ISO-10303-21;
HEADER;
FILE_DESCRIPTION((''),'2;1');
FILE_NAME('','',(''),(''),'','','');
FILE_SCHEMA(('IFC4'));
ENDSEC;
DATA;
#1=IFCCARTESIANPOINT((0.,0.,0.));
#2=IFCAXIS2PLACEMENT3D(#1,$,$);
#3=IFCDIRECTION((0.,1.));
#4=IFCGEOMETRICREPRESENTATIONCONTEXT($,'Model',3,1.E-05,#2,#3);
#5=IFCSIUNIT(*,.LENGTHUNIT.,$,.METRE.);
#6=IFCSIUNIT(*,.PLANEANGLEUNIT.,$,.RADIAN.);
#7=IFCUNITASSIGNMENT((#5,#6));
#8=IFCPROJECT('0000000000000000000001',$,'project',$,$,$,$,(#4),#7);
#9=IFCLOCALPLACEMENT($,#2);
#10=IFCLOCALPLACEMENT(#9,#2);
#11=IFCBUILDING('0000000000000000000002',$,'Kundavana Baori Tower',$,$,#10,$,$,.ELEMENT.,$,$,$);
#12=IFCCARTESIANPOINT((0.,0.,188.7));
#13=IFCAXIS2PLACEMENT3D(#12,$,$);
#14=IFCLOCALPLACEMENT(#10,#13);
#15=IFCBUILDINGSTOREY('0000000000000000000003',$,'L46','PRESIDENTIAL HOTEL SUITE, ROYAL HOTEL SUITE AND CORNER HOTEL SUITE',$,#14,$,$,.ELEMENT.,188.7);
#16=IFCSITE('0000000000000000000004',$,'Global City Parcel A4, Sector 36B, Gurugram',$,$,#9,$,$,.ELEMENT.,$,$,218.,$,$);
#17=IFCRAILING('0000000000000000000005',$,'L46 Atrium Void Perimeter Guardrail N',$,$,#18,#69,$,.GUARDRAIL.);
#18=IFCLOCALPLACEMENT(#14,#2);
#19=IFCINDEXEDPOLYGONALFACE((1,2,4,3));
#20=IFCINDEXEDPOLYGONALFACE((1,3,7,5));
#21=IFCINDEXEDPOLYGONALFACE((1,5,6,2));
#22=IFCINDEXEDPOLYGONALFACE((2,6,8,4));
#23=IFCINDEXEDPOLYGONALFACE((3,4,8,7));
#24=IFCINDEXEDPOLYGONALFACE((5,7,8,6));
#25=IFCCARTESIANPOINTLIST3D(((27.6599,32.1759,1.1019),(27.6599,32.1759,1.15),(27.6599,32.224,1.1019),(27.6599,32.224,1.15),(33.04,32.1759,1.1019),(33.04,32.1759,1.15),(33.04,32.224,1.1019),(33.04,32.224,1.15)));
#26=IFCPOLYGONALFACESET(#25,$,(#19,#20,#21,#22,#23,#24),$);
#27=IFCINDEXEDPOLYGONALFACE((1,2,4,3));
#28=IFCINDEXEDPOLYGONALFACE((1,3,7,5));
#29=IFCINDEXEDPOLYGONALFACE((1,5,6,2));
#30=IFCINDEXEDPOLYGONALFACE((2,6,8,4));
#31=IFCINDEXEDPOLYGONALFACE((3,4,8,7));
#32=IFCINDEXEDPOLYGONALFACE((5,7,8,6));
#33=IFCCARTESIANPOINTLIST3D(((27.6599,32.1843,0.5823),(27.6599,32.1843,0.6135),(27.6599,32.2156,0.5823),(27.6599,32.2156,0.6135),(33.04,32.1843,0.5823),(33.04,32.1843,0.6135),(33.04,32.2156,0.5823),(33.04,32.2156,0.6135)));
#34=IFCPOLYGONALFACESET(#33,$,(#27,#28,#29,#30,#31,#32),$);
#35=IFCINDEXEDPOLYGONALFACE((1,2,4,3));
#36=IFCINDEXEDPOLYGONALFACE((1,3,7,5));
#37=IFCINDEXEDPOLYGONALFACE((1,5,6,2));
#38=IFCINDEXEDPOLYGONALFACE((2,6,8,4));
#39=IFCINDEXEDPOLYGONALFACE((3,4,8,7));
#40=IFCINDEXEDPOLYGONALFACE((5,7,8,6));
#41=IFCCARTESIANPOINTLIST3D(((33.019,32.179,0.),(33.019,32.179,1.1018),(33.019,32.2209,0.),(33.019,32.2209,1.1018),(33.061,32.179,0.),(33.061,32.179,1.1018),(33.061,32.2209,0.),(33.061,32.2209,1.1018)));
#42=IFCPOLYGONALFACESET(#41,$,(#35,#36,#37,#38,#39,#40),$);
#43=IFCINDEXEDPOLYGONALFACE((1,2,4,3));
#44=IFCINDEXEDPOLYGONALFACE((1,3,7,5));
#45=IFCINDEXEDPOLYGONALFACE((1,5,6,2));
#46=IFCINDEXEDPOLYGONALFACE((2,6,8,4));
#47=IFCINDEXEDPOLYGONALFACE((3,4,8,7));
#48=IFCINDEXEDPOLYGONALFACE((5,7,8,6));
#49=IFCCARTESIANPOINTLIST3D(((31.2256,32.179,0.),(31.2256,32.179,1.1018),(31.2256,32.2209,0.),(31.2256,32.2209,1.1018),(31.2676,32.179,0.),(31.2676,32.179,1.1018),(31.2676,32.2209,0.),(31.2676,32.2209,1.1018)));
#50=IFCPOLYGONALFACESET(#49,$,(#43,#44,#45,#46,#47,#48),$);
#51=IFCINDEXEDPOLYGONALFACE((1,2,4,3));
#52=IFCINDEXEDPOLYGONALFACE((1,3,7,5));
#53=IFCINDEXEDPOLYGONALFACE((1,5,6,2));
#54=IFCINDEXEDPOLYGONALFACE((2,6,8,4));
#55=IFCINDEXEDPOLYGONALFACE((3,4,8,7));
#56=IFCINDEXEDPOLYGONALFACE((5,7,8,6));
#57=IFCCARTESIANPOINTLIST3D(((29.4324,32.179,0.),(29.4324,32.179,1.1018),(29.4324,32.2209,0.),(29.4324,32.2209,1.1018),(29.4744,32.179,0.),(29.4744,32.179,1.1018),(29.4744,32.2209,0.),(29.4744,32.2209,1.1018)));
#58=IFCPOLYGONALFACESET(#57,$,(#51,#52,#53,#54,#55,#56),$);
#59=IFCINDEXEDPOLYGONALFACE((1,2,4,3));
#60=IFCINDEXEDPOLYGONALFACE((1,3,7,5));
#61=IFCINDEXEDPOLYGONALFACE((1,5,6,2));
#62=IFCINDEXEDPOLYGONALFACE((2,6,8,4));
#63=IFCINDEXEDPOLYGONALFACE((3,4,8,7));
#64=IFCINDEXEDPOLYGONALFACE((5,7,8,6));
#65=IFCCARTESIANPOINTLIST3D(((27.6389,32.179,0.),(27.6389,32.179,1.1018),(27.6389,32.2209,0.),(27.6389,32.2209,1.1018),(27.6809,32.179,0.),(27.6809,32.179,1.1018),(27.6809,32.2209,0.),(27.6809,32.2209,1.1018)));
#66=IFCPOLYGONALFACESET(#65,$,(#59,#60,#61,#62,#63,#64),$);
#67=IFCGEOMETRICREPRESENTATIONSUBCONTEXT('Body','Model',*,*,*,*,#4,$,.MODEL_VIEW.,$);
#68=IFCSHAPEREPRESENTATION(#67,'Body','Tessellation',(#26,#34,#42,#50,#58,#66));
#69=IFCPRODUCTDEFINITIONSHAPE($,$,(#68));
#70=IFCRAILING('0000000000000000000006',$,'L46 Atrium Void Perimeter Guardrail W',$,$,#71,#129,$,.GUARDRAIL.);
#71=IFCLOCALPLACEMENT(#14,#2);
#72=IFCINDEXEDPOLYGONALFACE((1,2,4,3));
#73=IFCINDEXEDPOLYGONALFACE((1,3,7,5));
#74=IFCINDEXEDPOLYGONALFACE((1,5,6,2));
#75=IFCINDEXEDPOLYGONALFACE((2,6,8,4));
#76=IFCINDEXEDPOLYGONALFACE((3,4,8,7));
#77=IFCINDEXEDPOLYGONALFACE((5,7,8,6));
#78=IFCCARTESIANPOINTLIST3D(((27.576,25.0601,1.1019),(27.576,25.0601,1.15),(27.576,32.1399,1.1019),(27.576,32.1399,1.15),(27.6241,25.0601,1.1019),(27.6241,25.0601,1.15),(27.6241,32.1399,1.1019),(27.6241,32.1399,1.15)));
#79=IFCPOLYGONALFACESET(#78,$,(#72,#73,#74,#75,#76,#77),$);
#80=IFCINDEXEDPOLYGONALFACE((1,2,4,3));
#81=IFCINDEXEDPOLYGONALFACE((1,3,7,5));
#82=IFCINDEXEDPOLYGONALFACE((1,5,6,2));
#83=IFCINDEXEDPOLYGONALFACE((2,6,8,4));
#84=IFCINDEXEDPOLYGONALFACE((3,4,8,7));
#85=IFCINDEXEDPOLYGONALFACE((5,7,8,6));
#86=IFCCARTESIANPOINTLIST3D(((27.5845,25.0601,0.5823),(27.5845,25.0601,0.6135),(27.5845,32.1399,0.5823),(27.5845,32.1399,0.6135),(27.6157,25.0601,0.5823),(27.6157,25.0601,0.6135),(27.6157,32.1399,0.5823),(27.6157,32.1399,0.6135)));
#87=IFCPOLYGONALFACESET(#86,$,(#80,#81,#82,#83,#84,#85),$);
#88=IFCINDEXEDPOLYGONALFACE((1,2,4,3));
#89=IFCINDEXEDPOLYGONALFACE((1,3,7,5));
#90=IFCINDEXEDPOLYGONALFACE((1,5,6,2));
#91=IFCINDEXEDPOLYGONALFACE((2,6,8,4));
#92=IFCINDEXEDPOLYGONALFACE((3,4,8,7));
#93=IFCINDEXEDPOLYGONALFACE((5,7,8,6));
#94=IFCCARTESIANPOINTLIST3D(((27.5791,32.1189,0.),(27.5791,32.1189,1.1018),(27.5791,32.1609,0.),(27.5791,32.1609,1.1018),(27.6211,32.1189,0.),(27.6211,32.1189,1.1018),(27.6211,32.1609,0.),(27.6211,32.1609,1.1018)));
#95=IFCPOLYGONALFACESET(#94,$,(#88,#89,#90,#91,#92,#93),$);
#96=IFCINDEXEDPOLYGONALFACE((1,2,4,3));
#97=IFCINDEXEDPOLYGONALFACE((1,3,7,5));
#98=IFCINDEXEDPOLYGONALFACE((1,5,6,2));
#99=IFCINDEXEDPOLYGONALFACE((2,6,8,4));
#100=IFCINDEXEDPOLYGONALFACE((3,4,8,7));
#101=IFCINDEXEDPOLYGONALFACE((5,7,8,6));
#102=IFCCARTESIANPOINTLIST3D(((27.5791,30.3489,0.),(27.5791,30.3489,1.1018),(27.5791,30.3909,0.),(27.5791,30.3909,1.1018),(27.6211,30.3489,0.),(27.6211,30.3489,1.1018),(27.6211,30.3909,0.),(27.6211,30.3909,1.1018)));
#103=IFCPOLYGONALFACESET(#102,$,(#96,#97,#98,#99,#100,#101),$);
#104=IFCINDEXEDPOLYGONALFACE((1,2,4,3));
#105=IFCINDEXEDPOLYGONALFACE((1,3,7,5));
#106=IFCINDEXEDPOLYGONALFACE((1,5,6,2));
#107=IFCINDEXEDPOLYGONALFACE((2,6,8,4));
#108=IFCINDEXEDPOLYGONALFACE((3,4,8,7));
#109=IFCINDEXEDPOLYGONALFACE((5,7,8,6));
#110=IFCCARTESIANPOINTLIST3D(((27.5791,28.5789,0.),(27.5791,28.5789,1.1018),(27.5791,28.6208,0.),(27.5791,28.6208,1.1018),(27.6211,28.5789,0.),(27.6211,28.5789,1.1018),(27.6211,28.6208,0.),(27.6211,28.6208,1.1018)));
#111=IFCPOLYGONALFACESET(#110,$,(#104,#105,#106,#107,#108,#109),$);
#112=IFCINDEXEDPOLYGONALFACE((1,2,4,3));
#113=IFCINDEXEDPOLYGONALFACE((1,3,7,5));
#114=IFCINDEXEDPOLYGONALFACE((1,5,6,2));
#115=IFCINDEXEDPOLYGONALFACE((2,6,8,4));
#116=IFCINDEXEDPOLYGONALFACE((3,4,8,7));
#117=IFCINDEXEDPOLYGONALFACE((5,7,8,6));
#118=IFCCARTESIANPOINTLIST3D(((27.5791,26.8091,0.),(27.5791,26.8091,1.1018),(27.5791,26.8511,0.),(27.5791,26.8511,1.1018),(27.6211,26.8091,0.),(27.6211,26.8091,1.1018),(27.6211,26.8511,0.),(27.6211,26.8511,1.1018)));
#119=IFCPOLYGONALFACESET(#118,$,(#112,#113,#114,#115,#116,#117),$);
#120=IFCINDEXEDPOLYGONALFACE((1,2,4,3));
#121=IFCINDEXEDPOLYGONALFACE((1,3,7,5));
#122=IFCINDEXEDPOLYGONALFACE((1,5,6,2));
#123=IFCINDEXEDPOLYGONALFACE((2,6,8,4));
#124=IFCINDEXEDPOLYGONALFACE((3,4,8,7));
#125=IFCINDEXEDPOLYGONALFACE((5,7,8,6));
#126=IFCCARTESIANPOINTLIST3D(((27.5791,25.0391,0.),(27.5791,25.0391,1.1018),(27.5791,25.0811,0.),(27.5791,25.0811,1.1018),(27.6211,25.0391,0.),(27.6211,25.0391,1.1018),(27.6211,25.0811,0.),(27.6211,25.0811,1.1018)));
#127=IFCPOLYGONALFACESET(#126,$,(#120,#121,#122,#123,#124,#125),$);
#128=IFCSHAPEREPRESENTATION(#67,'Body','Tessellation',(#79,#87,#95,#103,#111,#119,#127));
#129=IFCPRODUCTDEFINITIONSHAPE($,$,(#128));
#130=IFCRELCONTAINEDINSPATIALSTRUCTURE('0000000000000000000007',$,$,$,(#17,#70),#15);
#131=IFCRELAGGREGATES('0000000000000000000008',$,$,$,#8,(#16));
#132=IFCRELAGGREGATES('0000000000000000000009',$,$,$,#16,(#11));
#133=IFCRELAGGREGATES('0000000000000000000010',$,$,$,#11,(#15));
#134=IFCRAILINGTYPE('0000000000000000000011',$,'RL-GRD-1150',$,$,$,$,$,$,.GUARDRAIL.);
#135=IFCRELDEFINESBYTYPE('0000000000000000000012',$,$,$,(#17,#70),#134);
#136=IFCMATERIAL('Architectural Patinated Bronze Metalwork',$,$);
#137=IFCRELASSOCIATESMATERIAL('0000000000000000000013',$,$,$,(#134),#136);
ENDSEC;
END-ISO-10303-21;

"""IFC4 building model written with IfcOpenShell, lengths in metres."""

from ifc_helpers import new_model, si_unit, direction, frame, origin, origin_2d, place, context, subcontext, project, spatial, rectangle, extrude, material, type_object, element, save


model = new_model("IFC4")

# Units and contexts
model_context = context("Model", 3, precision=1e-05, world=origin(), true_north=direction((0.0, 1.0)))
body_context = subcontext(model_context, "Body", "Model", "MODEL_VIEW")
ifc_project = project(units=[si_unit("LENGTHUNIT", "METRE"), si_unit("PLANEANGLEUNIT", "RADIAN")], contexts=[model_context])

# Site, building, storey
site_placement = place(None, origin())
site = spatial("IfcSite", under=ifc_project, at=site_placement, Name="Global City Parcel A4, Sector 36B, Gurugram", CompositionType="ELEMENT", RefElevation=218.0)
building_placement = place(site_placement, origin())
building = spatial("IfcBuilding", under=site, at=building_placement, Name="Kundavana Baori Tower", CompositionType="ELEMENT")
storey_placement = place(building_placement, frame((0.0, 0.0, 188.7)))
storey = spatial("IfcBuildingStorey", under=building, at=storey_placement, Name="L46", Description="PRESIDENTIAL HOTEL SUITE, ROYAL HOTEL SUITE AND CORNER HOTEL SUITE", CompositionType="ELEMENT", Elevation=188.7)

# Railings
ifc_material_1 = material(Name="Architectural Patinated Bronze Metalwork")
railing_type = type_object("IfcRailingType", Name="RL-GRD-1150", PredefinedType="GUARDRAIL", material=ifc_material_1)
railing_1_placement = place(storey_placement, frame((33.04, 32.2, 0.0)))
element("IfcRailing", 1, at=railing_1_placement, inside=storey, type_object=railing_type, Name="L46 Atrium Void Perimeter Guardrail N", PredefinedType="GUARDRAIL", context=body_context, shape_type="SweptSolid", body=[
    extrude(rectangle(XDim=0.0481, YDim=0.0481, at=origin_2d()), frame((0.0, 0.0, 1.126), z_axis=(-1.0, 0.0, 0.0), x_axis=(0.0, -1.0, 0.0)), (0.0, 0.0, 1.0), 5.3801),
    extrude(rectangle(XDim=0.0312, YDim=0.0312, at=origin_2d()), frame((0.0, 0.0, 0.5979), z_axis=(-1.0, 0.0, 0.0), x_axis=(0.0, -1.0, 0.0)), (0.0, 0.0, 1.0), 5.3801),
    extrude(rectangle(XDim=0.042, YDim=0.042, at=origin_2d()), origin(), (0.0, 0.0, 1.0), 1.1018),
    extrude(rectangle(XDim=0.042, YDim=0.042, at=origin_2d()), frame((-1.7935, 0.0, 0.0)), (0.0, 0.0, 1.0), 1.1018),
    extrude(rectangle(XDim=0.042, YDim=0.042, at=origin_2d()), frame((-3.5867, 0.0, 0.0)), (0.0, 0.0, 1.0), 1.1018),
    extrude(rectangle(XDim=0.042, YDim=0.042, at=origin_2d()), frame((-5.3801, 0.0, 0.0)), (0.0, 0.0, 1.0), 1.1018),
])
railing_2_placement = place(storey_placement, frame((27.6001, 32.1399, 0.0)))
element("IfcRailing", 2, at=railing_2_placement, inside=storey, type_object=railing_type, Name="L46 Atrium Void Perimeter Guardrail W", PredefinedType="GUARDRAIL", context=body_context, shape_type="SweptSolid", body=[
    extrude(rectangle(XDim=0.0481, YDim=0.0481, at=origin_2d()), frame((0.0, 0.0, 1.126), z_axis=(0.0, -1.0, 0.0), x_axis=(1.0, 0.0, 0.0)), (0.0, 0.0, 1.0), 7.0798),
    extrude(rectangle(XDim=0.0312, YDim=0.0312, at=origin_2d()), frame((0.0, 0.0, 0.5979), z_axis=(0.0, -1.0, 0.0), x_axis=(1.0, 0.0, 0.0)), (0.0, 0.0, 1.0), 7.0798),
    extrude(rectangle(XDim=0.042, YDim=0.042, at=origin_2d()), origin(), (0.0, 0.0, 1.0), 1.1018),
    extrude(rectangle(XDim=0.042, YDim=0.042, at=origin_2d()), frame((0.0, -1.77, 0.0)), (0.0, 0.0, 1.0), 1.1018),
    extrude(rectangle(XDim=0.042, YDim=0.042, at=origin_2d()), frame((0.0, -3.54, 0.0)), (0.0, 0.0, 1.0), 1.1018),
    extrude(rectangle(XDim=0.042, YDim=0.042, at=origin_2d()), frame((0.0, -5.3098, 0.0)), (0.0, 0.0, 1.0), 1.1018),
    extrude(rectangle(XDim=0.042, YDim=0.042, at=origin_2d()), frame((0.0, -7.0798, 0.0)), (0.0, 0.0, 1.0), 1.1018),
])

save(model, "model.ifc")
